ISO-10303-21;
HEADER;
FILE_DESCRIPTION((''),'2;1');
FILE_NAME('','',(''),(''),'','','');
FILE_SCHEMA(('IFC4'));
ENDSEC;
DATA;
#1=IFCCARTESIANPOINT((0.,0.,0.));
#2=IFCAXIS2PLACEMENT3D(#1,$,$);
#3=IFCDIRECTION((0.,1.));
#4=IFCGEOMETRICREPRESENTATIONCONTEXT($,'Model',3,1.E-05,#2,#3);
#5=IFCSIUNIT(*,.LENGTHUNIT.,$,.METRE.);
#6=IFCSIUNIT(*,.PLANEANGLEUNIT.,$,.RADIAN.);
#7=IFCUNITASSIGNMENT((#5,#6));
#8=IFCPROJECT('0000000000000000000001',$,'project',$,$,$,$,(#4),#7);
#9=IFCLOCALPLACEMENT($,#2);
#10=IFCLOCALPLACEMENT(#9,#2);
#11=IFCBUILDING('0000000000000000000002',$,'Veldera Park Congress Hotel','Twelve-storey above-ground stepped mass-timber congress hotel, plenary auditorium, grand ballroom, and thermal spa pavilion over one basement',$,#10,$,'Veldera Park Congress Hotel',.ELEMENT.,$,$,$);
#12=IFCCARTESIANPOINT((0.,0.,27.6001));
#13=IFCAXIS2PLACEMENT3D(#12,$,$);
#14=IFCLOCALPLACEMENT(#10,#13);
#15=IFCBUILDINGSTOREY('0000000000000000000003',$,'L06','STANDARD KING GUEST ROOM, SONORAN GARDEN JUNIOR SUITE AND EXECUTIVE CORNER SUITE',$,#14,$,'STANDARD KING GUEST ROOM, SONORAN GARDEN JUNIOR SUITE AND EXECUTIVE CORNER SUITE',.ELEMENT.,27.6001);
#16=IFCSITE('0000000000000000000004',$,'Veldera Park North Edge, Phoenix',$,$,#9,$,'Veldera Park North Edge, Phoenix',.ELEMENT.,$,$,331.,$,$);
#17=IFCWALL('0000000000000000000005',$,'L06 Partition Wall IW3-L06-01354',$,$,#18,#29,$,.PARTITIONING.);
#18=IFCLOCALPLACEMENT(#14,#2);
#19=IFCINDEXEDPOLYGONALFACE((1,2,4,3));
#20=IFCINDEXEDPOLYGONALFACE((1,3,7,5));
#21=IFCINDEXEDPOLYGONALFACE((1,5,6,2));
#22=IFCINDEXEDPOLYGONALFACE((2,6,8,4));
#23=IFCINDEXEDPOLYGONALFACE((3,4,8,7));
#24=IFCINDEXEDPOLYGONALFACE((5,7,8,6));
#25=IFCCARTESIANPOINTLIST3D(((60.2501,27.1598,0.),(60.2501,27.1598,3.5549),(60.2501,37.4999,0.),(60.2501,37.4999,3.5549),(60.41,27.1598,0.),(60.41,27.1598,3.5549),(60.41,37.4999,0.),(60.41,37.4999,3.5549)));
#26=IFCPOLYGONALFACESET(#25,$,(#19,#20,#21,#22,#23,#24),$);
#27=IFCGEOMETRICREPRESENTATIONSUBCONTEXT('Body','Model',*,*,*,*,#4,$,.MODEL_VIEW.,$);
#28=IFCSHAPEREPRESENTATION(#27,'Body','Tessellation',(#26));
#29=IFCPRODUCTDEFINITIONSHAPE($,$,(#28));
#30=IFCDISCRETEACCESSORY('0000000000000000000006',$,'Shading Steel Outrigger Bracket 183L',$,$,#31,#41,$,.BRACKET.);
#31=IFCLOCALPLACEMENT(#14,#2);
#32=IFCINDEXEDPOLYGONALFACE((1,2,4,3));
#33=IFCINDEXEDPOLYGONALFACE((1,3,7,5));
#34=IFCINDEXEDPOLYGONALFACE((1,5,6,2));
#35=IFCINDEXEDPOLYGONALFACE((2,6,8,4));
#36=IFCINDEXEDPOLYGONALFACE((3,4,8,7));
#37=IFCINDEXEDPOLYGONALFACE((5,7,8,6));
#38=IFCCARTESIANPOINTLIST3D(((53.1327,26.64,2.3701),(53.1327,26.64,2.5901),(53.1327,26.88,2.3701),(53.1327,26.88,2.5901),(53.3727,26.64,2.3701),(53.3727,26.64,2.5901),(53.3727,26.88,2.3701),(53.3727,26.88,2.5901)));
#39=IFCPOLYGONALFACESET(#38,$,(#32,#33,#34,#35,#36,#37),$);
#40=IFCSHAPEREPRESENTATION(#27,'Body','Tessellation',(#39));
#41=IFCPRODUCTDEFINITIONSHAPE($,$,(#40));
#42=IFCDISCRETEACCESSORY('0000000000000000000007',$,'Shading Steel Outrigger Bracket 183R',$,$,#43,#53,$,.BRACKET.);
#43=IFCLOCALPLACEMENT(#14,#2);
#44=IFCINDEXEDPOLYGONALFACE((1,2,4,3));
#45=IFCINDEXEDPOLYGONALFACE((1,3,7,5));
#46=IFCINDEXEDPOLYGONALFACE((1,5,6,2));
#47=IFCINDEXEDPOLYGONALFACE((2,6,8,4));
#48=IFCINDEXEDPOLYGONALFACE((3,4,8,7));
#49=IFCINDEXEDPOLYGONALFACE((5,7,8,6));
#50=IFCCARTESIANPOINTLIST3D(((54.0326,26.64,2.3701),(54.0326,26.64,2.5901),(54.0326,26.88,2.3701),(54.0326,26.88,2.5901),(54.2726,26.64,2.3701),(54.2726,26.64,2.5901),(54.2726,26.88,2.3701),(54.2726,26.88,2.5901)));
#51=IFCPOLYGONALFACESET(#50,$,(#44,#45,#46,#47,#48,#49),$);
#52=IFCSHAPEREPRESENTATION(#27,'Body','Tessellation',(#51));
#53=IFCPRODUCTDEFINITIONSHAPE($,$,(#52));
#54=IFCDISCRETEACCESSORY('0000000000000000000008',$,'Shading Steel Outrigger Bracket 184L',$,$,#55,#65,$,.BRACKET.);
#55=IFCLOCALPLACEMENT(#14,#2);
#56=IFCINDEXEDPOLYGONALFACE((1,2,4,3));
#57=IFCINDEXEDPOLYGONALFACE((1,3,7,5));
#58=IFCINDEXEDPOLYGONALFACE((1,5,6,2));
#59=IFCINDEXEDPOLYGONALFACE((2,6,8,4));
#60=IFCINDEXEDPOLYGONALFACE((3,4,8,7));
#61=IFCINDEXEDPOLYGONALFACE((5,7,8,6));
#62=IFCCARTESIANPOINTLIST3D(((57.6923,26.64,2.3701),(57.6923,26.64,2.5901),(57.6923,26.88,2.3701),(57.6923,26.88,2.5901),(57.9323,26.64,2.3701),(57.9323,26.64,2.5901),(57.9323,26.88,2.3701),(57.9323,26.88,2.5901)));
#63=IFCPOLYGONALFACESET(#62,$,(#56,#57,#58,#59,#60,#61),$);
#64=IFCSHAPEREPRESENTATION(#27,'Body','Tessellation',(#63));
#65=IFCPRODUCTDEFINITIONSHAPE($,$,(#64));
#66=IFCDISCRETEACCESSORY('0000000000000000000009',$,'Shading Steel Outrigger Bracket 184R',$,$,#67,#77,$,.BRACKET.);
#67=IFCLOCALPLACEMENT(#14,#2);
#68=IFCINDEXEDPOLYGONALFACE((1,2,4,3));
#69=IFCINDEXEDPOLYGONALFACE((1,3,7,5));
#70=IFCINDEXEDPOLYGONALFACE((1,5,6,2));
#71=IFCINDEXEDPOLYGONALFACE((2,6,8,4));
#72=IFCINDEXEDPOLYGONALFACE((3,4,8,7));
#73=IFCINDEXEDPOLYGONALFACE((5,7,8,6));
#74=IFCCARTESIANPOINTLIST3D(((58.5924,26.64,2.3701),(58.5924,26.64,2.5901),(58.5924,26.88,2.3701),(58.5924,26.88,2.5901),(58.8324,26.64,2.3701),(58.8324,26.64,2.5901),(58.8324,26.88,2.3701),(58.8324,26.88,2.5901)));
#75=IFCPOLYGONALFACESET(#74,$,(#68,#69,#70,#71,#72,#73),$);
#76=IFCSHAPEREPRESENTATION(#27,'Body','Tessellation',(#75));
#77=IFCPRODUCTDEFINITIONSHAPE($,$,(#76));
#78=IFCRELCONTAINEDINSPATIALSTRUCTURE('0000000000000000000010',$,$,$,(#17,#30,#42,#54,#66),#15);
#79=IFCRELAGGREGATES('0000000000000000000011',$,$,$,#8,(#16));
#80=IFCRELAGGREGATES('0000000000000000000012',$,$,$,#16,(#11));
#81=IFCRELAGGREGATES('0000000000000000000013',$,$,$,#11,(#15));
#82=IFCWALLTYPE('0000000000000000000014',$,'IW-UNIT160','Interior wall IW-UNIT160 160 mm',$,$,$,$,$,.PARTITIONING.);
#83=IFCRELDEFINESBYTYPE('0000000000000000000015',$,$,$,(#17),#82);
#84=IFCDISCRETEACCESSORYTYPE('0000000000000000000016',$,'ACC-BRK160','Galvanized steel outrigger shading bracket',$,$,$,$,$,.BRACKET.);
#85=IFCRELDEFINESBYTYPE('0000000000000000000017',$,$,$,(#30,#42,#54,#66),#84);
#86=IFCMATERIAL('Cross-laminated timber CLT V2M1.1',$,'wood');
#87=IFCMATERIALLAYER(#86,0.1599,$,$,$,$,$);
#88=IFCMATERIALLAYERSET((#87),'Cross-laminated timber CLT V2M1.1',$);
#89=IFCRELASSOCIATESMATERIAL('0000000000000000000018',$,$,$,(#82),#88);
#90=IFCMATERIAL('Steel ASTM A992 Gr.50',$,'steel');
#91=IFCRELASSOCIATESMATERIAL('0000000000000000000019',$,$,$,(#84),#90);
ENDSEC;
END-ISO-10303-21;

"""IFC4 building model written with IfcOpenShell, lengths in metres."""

from ifc_helpers import new_model, si_unit, direction, frame, frame_2d, origin, origin_2d, place, context, subcontext, project, spatial, rectangle, extrude, material, layer, layer_set, type_object, element, save


model = new_model("IFC4")

# Units and contexts
model_context = context("Model", 3, precision=1e-05, world=origin(), true_north=direction((0.0, 1.0)))
body_context = subcontext(model_context, "Body", "Model", "MODEL_VIEW")
ifc_project = project(units=[si_unit("LENGTHUNIT", "METRE"), si_unit("PLANEANGLEUNIT", "RADIAN")], contexts=[model_context])

# Site, building, storey
site_placement = place(None, origin())
site = spatial("IfcSite", under=ifc_project, at=site_placement, Name="Veldera Park North Edge, Phoenix", LongName="Veldera Park North Edge, Phoenix", CompositionType="ELEMENT", RefElevation=331.0)
building_placement = place(site_placement, origin())
building = spatial("IfcBuilding", under=site, at=building_placement, Name="Veldera Park Congress Hotel", Description="Twelve-storey above-ground stepped mass-timber congress hotel, plenary auditorium, grand ballroom, and thermal spa pavilion over one basement", LongName="Veldera Park Congress Hotel", CompositionType="ELEMENT")
storey_placement = place(building_placement, frame((0.0, 0.0, 27.6001)))
storey = spatial("IfcBuildingStorey", under=building, at=storey_placement, Name="L06", Description="STANDARD KING GUEST ROOM, SONORAN GARDEN JUNIOR SUITE AND EXECUTIVE CORNER SUITE", LongName="STANDARD KING GUEST ROOM, SONORAN GARDEN JUNIOR SUITE AND EXECUTIVE CORNER SUITE", CompositionType="ELEMENT", Elevation=27.6001)

# Wall
ifc_material_1 = material(Name="Cross-laminated timber CLT V2M1.1", Category="wood")
ifc_layer_1 = layer(ifc_material_1, 0.1599)
ifc_layer_set_1 = layer_set([ifc_layer_1], Name="Cross-laminated timber CLT V2M1.1")
wall_type_1 = type_object("IfcWallType", Name="IW-UNIT160", Description="Interior wall IW-UNIT160 160 mm", PredefinedType="PARTITIONING", material=ifc_layer_set_1)
for number, where, z_axis, x_axis, name in (
    (1, (60.3301, 27.1599, 0.0), (0.0, 0.0, 1.0), (0.0, 1.0, 0.0), "L06 Partition Wall IW3-L06-01354"),
):
    element("IfcWall", number, at=place(storey_placement, frame(where, z_axis=z_axis, x_axis=x_axis)), inside=storey, type_object=wall_type_1, Name=name, PredefinedType="PARTITIONING", context=body_context, shape_type="SweptSolid", body=[
        extrude(rectangle(XDim=10.3401, YDim=0.1599, at=frame_2d((5.1699, 0.0))), origin(), (0.0, 0.0, 1.0), 3.5549),
    ])

# Discrete accessories
ifc_material_2 = material(Name="Steel ASTM A992 Gr.50", Category="steel")
discrete_accessory_type = type_object("IfcDiscreteAccessoryType", Name="ACC-BRK160", Description="Galvanized steel outrigger shading bracket", PredefinedType="BRACKET", material=ifc_material_2)
for number, where, z_axis, x_axis, name in (
    (2, (53.2527, 26.76, 2.3701), (0.0, 0.0, 1.0), (1.0, 0.0, 0.0), "Shading Steel Outrigger Bracket 183L"),
    (3, (54.1526, 26.76, 2.3701), (0.0, 0.0, 1.0), (1.0, 0.0, 0.0), "Shading Steel Outrigger Bracket 183R"),
    (4, (57.8123, 26.76, 2.3701), (0.0, 0.0, 1.0), (1.0, 0.0, 0.0), "Shading Steel Outrigger Bracket 184L"),
    (5, (58.7124, 26.76, 2.3701), (0.0, 0.0, 1.0), (1.0, 0.0, 0.0), "Shading Steel Outrigger Bracket 184R"),
):
    element("IfcDiscreteAccessory", number, at=place(storey_placement, frame(where, z_axis=z_axis, x_axis=x_axis)), inside=storey, type_object=discrete_accessory_type, Name=name, PredefinedType="BRACKET", context=body_context, shape_type="SweptSolid", body=[
        extrude(rectangle(XDim=0.24, YDim=0.24, at=origin_2d()), origin(), (0.0, 0.0, 1.0), 0.22),
    ])

save(model, "model.ifc")
